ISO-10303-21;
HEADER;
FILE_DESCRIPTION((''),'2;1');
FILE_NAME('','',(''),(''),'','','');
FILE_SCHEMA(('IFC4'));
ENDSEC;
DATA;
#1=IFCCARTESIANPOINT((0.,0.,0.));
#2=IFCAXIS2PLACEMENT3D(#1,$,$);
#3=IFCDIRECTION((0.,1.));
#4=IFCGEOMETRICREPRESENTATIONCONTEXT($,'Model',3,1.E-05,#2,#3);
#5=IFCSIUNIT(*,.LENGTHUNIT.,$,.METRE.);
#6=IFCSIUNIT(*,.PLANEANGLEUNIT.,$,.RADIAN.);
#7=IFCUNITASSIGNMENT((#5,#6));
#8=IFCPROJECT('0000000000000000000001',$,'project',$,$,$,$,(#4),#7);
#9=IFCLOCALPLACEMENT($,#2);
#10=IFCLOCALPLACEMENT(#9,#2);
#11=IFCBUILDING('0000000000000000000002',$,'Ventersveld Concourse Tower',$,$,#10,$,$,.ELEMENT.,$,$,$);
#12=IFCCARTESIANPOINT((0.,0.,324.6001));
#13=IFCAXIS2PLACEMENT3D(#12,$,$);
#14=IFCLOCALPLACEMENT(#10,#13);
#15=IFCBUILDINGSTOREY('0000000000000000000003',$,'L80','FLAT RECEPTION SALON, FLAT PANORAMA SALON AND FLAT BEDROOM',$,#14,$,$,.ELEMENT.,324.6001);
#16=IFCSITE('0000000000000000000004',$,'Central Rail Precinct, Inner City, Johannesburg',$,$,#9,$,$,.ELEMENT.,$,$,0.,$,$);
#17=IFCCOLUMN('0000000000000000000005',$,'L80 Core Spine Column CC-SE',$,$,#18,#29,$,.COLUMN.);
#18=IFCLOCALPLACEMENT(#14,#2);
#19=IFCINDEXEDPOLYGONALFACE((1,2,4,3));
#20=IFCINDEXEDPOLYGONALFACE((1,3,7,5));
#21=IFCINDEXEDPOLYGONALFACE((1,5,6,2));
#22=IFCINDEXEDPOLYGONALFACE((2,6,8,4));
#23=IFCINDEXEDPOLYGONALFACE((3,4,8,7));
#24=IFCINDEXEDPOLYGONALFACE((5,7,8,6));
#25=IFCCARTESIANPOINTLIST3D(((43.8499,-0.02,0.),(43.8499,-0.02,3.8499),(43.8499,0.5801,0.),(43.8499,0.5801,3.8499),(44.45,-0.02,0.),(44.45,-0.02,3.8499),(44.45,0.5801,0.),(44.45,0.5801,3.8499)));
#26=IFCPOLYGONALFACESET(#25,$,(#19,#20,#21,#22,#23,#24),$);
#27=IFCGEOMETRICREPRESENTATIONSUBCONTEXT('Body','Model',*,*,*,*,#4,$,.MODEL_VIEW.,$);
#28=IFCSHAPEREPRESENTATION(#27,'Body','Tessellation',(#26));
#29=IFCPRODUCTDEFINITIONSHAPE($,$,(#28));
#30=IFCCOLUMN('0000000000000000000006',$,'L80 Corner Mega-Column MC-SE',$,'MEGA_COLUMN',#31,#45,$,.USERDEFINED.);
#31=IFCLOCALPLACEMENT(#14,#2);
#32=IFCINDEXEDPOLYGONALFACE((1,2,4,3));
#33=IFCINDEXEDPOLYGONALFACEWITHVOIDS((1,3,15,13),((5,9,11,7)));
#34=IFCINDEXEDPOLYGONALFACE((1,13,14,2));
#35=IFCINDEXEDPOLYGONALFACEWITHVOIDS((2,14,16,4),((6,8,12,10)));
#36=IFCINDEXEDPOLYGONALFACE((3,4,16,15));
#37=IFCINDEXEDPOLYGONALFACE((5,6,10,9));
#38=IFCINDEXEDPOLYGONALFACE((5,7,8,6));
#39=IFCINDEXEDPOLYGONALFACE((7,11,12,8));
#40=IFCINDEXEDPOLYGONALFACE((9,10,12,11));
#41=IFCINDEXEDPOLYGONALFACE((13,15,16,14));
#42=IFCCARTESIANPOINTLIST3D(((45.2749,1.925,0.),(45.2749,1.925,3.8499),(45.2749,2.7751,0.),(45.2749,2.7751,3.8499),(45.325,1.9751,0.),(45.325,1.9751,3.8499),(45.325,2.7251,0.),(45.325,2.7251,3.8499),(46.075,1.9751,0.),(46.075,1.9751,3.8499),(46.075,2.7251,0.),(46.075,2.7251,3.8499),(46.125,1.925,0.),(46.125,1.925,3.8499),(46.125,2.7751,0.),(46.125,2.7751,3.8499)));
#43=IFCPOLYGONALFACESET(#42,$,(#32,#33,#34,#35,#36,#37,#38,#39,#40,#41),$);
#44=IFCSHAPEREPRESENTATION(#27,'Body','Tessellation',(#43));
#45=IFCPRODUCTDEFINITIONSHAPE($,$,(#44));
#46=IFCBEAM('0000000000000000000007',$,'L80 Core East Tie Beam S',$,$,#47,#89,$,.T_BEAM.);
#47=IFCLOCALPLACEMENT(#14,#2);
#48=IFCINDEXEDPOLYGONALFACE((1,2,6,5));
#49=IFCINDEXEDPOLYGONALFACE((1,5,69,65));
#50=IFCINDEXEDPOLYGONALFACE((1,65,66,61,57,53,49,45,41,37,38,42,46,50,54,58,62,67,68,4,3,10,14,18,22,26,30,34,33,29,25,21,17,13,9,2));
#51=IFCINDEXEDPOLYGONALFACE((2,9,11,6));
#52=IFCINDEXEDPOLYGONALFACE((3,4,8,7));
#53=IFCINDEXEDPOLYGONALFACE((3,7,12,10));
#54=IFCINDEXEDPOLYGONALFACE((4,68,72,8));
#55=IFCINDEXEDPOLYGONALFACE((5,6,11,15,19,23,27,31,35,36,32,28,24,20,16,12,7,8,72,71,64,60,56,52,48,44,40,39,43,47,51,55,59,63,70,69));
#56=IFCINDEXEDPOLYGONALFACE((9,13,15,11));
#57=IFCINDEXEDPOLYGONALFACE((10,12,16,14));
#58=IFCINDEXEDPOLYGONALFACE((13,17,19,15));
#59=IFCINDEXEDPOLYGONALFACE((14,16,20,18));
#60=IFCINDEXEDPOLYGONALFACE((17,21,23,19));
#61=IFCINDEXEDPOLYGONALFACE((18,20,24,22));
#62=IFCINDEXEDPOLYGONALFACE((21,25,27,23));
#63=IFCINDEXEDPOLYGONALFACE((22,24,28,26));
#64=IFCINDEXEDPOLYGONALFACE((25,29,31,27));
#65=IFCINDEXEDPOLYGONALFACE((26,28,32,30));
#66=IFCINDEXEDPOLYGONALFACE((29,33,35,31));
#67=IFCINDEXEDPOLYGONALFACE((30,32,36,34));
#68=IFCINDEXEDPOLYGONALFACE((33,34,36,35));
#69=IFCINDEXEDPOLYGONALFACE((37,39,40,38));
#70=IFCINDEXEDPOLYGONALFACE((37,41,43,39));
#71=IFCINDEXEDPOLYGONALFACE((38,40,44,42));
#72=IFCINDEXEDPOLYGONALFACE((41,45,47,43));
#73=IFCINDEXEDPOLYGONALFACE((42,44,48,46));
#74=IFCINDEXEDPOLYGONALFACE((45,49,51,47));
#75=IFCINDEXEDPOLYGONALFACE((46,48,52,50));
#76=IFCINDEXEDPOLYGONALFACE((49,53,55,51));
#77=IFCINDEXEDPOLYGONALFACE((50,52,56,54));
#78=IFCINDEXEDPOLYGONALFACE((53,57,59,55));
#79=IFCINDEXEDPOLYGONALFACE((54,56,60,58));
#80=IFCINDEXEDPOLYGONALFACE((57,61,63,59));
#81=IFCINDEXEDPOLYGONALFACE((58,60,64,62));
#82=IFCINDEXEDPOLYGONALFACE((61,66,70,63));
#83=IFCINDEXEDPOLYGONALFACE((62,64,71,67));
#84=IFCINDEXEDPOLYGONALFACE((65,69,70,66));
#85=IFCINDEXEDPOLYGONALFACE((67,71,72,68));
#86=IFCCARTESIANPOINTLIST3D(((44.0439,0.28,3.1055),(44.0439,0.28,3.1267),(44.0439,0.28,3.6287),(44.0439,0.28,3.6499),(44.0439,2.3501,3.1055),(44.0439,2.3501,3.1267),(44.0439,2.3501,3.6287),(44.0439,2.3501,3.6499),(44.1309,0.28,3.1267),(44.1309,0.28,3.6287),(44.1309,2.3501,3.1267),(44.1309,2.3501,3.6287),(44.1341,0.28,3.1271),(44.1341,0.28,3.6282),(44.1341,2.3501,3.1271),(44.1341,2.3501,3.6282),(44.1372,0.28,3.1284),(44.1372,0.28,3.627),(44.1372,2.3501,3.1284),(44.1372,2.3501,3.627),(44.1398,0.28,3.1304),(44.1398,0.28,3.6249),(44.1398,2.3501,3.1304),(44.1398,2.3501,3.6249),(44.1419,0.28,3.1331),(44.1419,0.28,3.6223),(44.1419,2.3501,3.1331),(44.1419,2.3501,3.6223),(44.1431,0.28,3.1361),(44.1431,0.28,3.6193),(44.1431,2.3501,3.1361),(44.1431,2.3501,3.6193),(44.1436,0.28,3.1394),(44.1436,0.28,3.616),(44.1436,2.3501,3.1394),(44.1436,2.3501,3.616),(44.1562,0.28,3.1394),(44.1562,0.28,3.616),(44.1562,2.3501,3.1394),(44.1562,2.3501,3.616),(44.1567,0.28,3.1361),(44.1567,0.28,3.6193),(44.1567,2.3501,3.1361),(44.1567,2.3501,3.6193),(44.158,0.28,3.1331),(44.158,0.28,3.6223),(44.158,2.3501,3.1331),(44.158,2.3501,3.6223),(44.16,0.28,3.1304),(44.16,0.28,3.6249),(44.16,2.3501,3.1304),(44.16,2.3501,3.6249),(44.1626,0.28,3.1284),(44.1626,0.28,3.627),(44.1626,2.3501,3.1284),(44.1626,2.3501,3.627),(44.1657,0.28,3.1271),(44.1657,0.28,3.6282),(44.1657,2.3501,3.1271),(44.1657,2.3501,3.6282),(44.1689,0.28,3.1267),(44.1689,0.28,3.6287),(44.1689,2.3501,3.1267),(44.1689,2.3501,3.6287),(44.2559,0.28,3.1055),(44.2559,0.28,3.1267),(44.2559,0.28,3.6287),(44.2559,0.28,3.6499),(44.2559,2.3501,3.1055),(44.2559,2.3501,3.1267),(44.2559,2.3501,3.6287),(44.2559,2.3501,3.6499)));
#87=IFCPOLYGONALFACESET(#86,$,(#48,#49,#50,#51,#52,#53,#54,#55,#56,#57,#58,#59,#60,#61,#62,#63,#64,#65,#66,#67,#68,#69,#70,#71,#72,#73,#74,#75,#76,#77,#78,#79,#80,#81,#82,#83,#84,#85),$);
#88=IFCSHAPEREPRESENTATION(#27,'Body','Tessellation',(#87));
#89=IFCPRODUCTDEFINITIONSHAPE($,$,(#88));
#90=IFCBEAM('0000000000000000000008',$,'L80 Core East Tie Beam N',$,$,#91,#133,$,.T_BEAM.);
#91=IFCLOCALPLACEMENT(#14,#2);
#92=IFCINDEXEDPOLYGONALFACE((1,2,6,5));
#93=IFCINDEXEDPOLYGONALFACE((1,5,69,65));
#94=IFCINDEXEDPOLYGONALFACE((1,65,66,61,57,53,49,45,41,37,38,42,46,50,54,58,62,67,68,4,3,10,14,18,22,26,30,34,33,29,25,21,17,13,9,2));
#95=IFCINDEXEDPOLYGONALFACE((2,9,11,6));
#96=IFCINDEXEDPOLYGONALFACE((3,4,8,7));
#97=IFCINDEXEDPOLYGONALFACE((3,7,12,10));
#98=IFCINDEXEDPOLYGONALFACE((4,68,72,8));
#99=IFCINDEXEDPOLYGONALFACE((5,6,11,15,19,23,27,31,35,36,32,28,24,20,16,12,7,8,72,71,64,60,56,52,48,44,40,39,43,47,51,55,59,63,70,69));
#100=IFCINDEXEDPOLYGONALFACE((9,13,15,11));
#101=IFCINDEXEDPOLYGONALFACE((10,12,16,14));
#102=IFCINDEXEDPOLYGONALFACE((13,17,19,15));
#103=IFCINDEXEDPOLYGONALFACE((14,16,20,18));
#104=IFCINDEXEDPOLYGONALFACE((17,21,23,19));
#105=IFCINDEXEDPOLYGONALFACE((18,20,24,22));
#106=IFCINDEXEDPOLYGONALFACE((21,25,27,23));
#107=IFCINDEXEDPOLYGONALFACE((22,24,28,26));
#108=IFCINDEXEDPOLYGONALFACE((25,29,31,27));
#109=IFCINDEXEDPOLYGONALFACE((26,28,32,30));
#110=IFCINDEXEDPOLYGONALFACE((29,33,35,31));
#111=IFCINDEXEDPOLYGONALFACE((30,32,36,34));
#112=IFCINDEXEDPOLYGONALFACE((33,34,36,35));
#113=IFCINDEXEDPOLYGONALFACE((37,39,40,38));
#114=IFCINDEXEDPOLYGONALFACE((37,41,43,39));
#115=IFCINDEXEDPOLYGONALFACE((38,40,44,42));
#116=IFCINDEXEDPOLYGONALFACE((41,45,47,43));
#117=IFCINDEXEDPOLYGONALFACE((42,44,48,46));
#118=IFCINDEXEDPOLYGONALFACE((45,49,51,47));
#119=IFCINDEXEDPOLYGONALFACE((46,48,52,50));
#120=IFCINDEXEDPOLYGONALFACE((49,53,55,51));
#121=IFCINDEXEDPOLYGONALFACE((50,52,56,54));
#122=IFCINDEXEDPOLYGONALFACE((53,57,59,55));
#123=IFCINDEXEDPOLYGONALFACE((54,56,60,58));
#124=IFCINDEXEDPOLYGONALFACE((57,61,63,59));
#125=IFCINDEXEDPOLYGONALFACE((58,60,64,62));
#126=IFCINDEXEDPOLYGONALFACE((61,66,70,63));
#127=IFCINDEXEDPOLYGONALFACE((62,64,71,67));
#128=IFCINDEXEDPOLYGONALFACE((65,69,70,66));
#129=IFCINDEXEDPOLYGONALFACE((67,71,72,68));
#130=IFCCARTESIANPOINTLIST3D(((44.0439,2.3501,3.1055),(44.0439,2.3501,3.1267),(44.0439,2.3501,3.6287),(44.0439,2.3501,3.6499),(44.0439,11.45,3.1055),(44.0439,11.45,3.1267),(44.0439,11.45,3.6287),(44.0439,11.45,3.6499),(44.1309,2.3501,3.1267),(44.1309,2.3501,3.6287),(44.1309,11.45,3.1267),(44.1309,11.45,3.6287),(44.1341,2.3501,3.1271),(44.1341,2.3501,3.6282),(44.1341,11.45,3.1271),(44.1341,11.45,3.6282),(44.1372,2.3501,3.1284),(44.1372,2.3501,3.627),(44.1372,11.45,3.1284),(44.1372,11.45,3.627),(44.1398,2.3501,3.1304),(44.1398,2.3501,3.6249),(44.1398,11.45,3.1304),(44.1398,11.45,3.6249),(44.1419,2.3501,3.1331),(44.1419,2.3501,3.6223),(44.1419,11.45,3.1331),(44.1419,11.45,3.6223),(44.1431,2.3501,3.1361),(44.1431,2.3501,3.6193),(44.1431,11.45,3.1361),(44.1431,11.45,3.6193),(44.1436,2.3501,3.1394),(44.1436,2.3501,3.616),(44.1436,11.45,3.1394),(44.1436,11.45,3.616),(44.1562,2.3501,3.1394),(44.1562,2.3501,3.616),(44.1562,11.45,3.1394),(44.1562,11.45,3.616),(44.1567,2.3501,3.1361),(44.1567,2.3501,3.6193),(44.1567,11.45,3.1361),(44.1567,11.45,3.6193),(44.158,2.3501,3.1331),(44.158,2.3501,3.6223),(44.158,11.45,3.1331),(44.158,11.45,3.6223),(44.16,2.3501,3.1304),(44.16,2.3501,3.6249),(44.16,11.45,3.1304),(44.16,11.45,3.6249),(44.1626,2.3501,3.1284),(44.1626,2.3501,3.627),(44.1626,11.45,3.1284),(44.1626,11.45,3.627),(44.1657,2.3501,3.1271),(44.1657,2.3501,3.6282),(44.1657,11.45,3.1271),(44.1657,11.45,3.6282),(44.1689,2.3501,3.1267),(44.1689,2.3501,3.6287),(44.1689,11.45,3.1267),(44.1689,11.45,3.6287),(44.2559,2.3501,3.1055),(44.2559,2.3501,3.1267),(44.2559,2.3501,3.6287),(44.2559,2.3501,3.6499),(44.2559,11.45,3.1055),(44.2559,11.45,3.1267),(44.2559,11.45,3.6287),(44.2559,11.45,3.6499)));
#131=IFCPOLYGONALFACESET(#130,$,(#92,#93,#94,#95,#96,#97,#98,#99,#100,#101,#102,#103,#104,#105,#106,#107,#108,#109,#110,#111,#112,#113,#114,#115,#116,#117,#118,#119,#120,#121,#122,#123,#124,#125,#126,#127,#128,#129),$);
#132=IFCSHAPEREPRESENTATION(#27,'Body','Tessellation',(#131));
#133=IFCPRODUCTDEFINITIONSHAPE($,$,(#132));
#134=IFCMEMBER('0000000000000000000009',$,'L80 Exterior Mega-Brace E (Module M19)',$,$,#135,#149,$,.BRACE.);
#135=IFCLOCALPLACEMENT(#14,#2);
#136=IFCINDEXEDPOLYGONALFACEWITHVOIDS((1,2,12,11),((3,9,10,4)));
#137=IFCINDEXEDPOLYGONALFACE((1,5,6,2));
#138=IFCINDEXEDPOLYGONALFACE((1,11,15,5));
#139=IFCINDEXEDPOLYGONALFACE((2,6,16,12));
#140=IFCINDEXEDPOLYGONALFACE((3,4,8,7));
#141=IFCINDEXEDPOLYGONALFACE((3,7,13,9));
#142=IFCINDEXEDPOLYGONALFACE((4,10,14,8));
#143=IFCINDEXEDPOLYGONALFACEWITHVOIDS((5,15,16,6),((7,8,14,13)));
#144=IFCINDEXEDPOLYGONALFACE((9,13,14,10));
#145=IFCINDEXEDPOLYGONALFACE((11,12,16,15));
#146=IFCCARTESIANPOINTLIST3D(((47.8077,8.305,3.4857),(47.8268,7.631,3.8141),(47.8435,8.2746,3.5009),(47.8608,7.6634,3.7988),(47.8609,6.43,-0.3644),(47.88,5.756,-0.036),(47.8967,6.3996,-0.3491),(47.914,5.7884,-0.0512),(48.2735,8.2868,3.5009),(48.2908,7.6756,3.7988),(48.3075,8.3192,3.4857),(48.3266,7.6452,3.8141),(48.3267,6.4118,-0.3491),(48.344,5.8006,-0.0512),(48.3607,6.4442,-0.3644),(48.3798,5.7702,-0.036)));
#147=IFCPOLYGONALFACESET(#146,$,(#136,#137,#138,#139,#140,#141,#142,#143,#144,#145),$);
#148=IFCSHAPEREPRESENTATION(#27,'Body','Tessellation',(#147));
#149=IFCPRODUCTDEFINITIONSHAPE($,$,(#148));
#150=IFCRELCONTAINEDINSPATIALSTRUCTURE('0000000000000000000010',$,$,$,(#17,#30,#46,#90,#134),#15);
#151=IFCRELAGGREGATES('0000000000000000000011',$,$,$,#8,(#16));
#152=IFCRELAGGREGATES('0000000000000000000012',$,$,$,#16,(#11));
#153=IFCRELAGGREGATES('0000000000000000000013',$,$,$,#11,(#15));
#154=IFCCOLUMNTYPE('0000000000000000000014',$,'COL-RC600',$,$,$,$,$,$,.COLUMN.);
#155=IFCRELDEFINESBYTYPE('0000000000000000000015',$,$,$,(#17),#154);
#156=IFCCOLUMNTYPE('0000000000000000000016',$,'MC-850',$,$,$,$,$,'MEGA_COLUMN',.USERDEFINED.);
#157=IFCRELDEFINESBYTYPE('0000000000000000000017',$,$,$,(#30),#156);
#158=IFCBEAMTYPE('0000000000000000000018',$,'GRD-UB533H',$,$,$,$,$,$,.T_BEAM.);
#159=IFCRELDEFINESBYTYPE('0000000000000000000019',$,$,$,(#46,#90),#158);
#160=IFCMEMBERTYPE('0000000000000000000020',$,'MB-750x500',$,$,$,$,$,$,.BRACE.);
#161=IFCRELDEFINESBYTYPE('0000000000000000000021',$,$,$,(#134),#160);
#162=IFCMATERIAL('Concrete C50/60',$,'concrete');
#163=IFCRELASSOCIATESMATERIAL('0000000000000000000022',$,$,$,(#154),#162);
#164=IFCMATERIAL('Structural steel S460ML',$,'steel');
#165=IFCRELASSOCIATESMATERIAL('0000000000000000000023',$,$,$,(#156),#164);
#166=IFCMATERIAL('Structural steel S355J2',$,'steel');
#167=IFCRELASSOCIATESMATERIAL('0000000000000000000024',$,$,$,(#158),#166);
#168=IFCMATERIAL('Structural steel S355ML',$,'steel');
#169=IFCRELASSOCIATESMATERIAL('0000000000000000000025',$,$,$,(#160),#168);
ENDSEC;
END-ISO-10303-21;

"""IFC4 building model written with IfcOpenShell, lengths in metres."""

from ifc_helpers import new_model, si_unit, direction, frame, origin, origin_2d, place, context, subcontext, project, spatial, rectangle, hollow_rectangle, i_section, extrude, material, material_profile, profile_set, type_object, element, save


model = new_model("IFC4")

# Units and contexts
model_context = context("Model", 3, precision=1e-05, world=origin(), true_north=direction((0.0, 1.0)))
body_context = subcontext(model_context, "Body", "Model", "MODEL_VIEW")
ifc_project = project(units=[si_unit("LENGTHUNIT", "METRE"), si_unit("PLANEANGLEUNIT", "RADIAN")], contexts=[model_context])

# Site, building, storey
site_placement = place(None, origin())
site = spatial("IfcSite", under=ifc_project, at=site_placement, Name="Central Rail Precinct, Inner City, Johannesburg", CompositionType="ELEMENT", RefElevation=0.0)
building_placement = place(site_placement, origin())
building = spatial("IfcBuilding", under=site, at=building_placement, Name="Ventersveld Concourse Tower", CompositionType="ELEMENT")
storey_placement = place(building_placement, frame((0.0, 0.0, 324.6001)))
storey = spatial("IfcBuildingStorey", under=building, at=storey_placement, Name="L80", Description="FLAT RECEPTION SALON, FLAT PANORAMA SALON AND FLAT BEDROOM", CompositionType="ELEMENT", Elevation=324.6001)

# Columns
ifc_material_1 = material(Name="Concrete C50/60", Category="concrete")
ifc_material_profile_1 = material_profile(ifc_material_1, rectangle(XDim=0.6001, YDim=0.6001, at=origin_2d()), Name="RC 600x600")
ifc_profile_set_1 = profile_set([ifc_material_profile_1], Name="Concrete C50/60")
column_type_1 = type_object("IfcColumnType", Name="COL-RC600", PredefinedType="COLUMN", material=ifc_profile_set_1)
column_1_placement = place(storey_placement, frame((44.1499, 0.28, 0.0), z_axis=(0.0, 0.0, 1.0), x_axis=(1.0, 0.0, 0.0)))
element("IfcColumn", 1, at=column_1_placement, inside=storey, type_object=column_type_1, Name="L80 Core Spine Column CC-SE", PredefinedType="COLUMN", context=body_context, shape_type="SweptSolid", body=[
    extrude(rectangle(XDim=0.6001, YDim=0.6001, at=origin_2d()), origin(), (0.0, 0.0, 1.0), 3.8499),
])
ifc_material_2 = material(Name="Structural steel S460ML", Category="steel")
ifc_material_profile_2 = material_profile(ifc_material_2, hollow_rectangle(XDim=0.8501, YDim=0.8501, WallThickness=0.05, at=origin_2d()), Name="BOX 850x850x50")
ifc_profile_set_2 = profile_set([ifc_material_profile_2], Name="Structural steel S460ML")
column_type_2 = type_object("IfcColumnType", Name="MC-850", ElementType="MEGA_COLUMN", PredefinedType="USERDEFINED", material=ifc_profile_set_2)
column_2_placement = place(storey_placement, frame((45.7, 2.3501, 0.0), z_axis=(0.0, 0.0, 1.0), x_axis=(1.0, 0.0, 0.0)))
element("IfcColumn", 2, at=column_2_placement, inside=storey, type_object=column_type_2, Name="L80 Corner Mega-Column MC-SE", ObjectType="MEGA_COLUMN", PredefinedType="USERDEFINED", context=body_context, shape_type="SweptSolid", body=[
    extrude(hollow_rectangle(XDim=0.8501, YDim=0.8501, WallThickness=0.05, at=origin_2d()), origin(), (0.0, 0.0, 1.0), 3.8499),
])

# Beams
ifc_material_3 = material(Name="Structural steel S355J2", Category="steel")
ifc_material_profile_3 = material_profile(ifc_material_3, i_section(OverallWidth=0.2119, OverallDepth=0.5444, WebThickness=0.0127, FlangeThickness=0.0212, FilletRadius=0.0127, at=origin_2d()), Name="UB 533x210x122")
ifc_profile_set_3 = profile_set([ifc_material_profile_3], Name="Structural steel S355J2")
beam_type_1 = type_object("IfcBeamType", Name="GRD-UB533H", PredefinedType="T_BEAM", material=ifc_profile_set_3)
beam_1_placement = place(storey_placement, frame((44.1499, 0.28, 3.3777), z_axis=(0.0, 1.0, 0.0), x_axis=(-1.0, 0.0, 0.0)))
element("IfcBeam", 3, at=beam_1_placement, inside=storey, type_object=beam_type_1, Name="L80 Core East Tie Beam S", PredefinedType="T_BEAM", context=body_context, shape_type="SweptSolid", body=[
    extrude(i_section(OverallWidth=0.2119, OverallDepth=0.5444, WebThickness=0.0127, FlangeThickness=0.0212, FilletRadius=0.0127, at=origin_2d()), origin(), (0.0, 0.0, 1.0), 2.0701),
])
beam_2_placement = place(storey_placement, frame((44.1499, 2.3501, 3.3777), z_axis=(0.0, 1.0, 0.0), x_axis=(-1.0, 0.0, 0.0)))
element("IfcBeam", 4, at=beam_2_placement, inside=storey, type_object=beam_type_1, Name="L80 Core East Tie Beam N", PredefinedType="T_BEAM", context=body_context, shape_type="SweptSolid", body=[
    extrude(i_section(OverallWidth=0.2119, OverallDepth=0.5444, WebThickness=0.0127, FlangeThickness=0.0212, FilletRadius=0.0127, at=origin_2d()), origin(), (0.0, 0.0, 1.0), 9.0999),
])

# Member
ifc_material_4 = material(Name="Structural steel S355ML", Category="steel")
ifc_material_profile_4 = material_profile(ifc_material_4, hollow_rectangle(XDim=0.5, YDim=0.75, WallThickness=0.0349, at=origin_2d()), Name="BOX 750x500x35")
ifc_profile_set_4 = profile_set([ifc_material_profile_4], Name="Structural steel S355ML")
member_type = type_object("IfcMemberType", Name="MB-750x500", PredefinedType="BRACE", material=ifc_profile_set_4)
member_placement = place(storey_placement, frame((48.1204, 6.1001, -0.2002), z_axis=(-0.012427, 0.437806, 0.898984), x_axis=(-0.999597, -0.028374, 0.0)))
element("IfcMember", 5, at=member_placement, inside=storey, type_object=member_type, Name="L80 Exterior Mega-Brace E (Module M19)", PredefinedType="BRACE", context=body_context, shape_type="SweptSolid", body=[
    extrude(hollow_rectangle(XDim=0.5, YDim=0.75, WallThickness=0.0349, at=origin_2d()), origin(), (0.0, 0.0, 1.0), 4.2827),
])

save(model, "model.ifc")
